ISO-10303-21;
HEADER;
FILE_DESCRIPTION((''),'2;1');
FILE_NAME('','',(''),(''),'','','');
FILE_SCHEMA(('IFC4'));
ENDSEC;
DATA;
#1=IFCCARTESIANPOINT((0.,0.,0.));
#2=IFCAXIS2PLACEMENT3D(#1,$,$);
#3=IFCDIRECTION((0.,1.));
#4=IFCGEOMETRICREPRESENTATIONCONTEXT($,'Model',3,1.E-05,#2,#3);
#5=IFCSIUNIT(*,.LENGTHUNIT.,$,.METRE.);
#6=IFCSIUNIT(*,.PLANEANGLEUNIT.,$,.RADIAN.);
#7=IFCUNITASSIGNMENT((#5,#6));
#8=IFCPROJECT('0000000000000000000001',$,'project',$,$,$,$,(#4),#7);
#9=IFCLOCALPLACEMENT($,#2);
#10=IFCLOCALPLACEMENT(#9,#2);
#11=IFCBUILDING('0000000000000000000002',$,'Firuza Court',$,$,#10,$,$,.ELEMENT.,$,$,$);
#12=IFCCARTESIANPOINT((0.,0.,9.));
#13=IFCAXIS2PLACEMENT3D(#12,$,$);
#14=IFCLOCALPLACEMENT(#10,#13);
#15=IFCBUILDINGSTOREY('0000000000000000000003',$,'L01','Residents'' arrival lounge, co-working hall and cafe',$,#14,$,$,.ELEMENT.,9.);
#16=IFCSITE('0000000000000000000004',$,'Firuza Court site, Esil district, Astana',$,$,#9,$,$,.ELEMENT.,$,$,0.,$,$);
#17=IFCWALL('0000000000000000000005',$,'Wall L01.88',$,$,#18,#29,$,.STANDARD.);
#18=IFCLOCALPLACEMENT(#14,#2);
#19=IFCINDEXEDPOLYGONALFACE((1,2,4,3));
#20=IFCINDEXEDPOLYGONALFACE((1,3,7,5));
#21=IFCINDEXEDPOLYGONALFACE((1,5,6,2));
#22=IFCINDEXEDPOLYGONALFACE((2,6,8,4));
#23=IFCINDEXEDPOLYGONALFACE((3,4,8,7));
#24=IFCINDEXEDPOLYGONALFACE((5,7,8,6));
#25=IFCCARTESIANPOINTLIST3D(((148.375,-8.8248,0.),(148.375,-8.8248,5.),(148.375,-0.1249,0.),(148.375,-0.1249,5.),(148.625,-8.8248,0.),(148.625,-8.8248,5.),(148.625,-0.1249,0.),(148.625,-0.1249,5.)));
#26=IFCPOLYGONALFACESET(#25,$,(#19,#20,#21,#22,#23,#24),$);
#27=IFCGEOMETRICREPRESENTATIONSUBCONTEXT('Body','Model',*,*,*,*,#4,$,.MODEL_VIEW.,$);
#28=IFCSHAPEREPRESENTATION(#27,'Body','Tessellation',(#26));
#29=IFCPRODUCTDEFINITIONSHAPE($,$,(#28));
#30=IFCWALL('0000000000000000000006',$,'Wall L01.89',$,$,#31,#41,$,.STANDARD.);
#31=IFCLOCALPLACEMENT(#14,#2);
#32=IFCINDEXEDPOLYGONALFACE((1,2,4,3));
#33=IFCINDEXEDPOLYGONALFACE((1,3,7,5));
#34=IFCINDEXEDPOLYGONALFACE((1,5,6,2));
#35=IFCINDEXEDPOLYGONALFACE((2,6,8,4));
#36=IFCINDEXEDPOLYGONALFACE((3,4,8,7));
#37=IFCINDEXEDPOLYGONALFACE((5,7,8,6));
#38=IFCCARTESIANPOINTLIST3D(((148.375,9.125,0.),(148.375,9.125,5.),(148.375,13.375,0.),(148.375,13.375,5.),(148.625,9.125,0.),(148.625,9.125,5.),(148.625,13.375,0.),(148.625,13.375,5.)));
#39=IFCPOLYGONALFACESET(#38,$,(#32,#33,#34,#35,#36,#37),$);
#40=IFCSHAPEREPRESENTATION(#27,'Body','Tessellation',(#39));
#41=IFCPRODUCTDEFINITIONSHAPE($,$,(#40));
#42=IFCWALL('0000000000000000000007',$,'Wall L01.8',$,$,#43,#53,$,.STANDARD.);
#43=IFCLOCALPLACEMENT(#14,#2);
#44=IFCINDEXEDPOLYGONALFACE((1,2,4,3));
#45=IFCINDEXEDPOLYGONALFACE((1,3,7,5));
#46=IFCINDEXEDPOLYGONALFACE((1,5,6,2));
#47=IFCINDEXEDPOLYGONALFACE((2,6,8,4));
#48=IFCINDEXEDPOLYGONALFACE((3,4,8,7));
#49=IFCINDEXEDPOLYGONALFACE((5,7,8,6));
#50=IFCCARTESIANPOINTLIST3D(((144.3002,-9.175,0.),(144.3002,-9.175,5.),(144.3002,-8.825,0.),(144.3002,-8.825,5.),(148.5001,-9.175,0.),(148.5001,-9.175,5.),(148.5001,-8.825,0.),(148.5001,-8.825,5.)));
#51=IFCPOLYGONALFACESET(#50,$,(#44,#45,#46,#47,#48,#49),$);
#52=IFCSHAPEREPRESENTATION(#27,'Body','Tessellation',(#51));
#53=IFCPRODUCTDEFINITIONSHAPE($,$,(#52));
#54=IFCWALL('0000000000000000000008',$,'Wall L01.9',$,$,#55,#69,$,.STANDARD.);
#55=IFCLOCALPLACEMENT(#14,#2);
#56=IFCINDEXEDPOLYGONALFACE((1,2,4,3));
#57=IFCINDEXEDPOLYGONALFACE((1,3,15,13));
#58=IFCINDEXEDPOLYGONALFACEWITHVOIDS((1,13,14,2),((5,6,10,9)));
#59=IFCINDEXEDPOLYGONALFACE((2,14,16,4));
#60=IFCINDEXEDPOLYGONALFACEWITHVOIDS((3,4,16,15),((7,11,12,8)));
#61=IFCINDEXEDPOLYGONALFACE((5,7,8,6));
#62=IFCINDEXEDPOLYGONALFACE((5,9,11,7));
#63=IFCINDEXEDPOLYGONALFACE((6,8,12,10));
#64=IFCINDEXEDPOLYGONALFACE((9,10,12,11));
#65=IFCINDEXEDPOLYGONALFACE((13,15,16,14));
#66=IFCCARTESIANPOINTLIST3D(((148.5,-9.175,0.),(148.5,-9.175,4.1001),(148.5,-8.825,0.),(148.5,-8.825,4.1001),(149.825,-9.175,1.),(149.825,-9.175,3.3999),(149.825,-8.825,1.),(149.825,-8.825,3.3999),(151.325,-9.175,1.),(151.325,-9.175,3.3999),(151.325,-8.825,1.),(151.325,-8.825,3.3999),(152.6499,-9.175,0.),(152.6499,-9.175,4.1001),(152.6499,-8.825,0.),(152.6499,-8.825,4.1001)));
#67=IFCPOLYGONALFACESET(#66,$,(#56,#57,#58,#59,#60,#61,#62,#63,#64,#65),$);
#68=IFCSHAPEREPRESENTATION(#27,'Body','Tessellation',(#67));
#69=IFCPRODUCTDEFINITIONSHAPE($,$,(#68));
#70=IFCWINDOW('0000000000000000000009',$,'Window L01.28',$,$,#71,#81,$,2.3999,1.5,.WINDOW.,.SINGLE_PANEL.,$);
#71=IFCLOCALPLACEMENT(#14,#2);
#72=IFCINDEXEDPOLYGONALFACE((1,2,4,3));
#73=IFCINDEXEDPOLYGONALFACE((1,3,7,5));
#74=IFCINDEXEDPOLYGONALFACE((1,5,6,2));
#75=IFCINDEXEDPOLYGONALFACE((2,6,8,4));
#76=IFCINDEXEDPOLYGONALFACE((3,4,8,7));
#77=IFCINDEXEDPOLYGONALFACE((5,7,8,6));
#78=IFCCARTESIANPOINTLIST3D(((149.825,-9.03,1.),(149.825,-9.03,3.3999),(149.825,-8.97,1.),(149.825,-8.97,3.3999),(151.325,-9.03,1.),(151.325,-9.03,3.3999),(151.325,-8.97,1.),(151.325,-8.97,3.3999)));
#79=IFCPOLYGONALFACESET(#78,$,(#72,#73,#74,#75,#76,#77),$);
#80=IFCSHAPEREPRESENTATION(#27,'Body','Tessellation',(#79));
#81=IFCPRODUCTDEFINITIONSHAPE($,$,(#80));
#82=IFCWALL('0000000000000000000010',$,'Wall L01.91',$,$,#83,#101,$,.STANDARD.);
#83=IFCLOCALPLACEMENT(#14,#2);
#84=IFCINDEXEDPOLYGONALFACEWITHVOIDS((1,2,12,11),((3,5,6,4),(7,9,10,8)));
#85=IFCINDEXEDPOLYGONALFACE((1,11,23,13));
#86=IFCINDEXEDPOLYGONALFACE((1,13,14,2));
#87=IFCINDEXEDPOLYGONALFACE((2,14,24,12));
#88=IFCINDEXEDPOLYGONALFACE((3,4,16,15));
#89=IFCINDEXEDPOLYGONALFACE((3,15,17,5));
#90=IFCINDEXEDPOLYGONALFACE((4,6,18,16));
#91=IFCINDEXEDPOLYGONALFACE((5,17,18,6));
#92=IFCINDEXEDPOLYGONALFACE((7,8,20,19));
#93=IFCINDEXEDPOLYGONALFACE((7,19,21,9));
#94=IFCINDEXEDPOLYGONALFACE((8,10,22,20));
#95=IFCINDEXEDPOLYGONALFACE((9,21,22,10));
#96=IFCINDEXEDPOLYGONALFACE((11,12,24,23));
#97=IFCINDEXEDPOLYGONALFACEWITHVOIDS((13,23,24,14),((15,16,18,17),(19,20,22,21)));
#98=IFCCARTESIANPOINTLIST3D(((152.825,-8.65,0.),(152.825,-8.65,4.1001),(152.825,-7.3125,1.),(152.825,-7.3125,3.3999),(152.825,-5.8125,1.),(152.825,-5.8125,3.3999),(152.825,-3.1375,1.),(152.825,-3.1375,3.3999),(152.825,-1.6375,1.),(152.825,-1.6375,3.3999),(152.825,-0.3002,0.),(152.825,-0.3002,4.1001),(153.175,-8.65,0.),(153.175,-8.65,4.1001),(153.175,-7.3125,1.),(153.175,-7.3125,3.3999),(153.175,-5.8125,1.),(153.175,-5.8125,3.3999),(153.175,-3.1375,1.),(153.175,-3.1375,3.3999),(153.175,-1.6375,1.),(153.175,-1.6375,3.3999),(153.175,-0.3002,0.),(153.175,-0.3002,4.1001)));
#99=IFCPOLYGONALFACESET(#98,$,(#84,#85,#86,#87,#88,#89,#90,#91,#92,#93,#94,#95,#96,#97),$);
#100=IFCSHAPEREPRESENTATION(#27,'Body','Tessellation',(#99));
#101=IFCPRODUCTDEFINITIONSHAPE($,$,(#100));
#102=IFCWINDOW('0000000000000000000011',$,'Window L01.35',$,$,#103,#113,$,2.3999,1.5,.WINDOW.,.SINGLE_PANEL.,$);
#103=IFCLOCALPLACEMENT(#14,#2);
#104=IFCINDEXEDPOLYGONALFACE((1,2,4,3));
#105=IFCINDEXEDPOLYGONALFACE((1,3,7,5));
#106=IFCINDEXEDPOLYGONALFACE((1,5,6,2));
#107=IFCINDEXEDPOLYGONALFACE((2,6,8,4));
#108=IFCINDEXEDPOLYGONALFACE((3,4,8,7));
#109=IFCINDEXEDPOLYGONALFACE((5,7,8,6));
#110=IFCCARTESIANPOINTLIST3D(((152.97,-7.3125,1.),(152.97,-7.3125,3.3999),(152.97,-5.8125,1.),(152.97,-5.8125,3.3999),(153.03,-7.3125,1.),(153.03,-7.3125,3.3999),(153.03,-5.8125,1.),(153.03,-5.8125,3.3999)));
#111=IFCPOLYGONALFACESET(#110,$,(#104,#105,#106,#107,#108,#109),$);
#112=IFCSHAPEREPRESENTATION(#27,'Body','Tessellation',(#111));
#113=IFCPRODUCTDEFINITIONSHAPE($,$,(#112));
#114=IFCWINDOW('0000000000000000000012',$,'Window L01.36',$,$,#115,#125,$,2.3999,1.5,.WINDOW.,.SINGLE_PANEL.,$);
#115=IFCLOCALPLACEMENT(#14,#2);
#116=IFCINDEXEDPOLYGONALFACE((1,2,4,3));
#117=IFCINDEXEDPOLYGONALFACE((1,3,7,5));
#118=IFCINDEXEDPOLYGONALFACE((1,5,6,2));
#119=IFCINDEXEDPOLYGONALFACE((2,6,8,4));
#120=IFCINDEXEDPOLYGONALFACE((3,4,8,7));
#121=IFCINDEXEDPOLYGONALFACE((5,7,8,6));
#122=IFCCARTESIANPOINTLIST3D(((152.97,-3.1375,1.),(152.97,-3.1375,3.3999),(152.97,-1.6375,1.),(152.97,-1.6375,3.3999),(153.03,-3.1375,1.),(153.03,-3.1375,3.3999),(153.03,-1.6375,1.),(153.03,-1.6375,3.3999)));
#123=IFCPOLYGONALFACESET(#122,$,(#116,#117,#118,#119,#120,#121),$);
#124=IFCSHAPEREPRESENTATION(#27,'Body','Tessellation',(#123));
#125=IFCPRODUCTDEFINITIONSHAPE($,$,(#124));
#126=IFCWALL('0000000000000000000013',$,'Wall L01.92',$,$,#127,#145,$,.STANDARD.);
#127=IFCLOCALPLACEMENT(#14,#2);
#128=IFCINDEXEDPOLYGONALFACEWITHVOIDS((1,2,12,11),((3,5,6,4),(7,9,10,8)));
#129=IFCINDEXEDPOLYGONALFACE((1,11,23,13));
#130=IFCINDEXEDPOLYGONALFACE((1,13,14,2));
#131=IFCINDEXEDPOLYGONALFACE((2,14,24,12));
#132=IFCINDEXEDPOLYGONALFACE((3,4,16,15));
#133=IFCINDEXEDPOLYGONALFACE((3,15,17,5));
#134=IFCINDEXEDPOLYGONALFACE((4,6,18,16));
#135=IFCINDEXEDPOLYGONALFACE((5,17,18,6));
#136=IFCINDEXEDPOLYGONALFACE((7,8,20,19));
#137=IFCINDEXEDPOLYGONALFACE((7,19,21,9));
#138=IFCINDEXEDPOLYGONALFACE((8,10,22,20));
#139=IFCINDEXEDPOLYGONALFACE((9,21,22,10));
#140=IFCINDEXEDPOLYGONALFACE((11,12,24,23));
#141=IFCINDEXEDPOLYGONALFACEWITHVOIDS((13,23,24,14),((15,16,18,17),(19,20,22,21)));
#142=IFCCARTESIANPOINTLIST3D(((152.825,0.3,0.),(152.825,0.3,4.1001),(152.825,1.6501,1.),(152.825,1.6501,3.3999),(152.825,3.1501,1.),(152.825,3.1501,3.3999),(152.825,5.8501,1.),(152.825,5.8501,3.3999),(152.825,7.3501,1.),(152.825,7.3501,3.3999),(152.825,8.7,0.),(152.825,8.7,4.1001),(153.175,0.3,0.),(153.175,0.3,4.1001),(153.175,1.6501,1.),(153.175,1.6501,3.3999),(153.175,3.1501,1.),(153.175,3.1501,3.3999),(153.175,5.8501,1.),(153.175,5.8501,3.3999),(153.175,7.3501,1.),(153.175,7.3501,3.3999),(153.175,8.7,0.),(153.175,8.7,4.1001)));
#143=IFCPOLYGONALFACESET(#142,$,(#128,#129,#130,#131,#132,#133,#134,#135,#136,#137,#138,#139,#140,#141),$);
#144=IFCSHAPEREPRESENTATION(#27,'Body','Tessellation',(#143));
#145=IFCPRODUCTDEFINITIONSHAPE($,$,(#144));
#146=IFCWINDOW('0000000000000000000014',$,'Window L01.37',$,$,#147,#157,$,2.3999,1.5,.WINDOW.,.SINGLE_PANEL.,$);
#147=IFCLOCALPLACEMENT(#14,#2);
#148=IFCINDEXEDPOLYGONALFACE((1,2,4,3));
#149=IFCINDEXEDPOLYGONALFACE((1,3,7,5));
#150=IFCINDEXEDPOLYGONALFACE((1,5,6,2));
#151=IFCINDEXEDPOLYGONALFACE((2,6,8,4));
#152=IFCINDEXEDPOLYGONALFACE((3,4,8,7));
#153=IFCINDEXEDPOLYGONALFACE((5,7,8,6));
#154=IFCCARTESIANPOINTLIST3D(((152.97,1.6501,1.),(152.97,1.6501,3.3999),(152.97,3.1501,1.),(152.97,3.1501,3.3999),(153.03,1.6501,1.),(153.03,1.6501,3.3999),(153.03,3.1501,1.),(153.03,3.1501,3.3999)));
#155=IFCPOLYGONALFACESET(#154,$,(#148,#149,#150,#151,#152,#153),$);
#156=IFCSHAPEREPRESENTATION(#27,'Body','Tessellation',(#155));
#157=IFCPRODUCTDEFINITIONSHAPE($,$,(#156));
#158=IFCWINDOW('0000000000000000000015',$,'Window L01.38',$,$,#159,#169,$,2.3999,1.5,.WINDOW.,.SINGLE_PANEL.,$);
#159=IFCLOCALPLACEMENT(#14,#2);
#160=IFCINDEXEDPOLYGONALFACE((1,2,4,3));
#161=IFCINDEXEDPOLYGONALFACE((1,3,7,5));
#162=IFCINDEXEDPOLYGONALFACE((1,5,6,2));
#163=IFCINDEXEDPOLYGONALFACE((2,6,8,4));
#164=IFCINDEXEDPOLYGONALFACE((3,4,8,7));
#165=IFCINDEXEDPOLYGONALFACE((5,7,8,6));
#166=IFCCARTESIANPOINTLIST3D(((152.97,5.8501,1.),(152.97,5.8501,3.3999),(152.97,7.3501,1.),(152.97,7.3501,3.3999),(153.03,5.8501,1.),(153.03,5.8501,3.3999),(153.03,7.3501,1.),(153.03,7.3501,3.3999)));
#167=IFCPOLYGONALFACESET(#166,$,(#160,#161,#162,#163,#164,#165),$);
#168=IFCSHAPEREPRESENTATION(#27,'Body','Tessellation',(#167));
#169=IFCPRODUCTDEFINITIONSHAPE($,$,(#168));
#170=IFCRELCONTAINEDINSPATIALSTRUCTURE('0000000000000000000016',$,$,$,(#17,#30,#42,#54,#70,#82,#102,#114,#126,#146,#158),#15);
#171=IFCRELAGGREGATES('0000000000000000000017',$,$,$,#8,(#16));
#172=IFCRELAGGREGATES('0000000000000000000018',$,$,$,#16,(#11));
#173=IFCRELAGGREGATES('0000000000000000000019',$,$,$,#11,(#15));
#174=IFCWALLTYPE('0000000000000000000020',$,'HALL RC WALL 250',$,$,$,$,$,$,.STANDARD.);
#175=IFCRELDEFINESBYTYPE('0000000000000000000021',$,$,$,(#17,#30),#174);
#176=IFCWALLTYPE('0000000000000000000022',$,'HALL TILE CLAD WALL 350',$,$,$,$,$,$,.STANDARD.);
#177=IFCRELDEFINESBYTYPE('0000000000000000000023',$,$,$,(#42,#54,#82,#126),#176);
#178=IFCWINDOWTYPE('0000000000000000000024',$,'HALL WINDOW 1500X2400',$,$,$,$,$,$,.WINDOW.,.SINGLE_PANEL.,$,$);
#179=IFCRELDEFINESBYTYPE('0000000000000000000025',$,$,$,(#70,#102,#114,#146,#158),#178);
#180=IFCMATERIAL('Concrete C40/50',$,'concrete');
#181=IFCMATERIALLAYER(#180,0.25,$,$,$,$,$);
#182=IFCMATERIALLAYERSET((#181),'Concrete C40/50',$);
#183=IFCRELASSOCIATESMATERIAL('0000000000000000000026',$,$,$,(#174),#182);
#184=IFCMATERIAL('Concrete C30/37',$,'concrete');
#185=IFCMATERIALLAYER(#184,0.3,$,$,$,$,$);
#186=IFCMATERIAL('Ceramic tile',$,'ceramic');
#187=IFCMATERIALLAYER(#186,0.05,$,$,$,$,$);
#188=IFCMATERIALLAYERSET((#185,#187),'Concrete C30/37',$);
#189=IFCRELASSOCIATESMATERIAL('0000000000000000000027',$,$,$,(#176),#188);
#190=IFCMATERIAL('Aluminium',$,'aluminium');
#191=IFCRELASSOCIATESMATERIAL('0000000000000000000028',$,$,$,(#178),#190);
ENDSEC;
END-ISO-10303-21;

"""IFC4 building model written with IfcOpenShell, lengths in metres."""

from ifc_helpers import new_model, si_unit, direction, frame, frame_2d, origin, place, context, subcontext, project, spatial, rectangle, extrude, material, layer, layer_set, type_object, element, fill, save


model = new_model("IFC4")

# Units and contexts
model_context = context("Model", 3, precision=1e-05, world=origin(), true_north=direction((0.0, 1.0)))
body_context = subcontext(model_context, "Body", "Model", "MODEL_VIEW")
ifc_project = project(units=[si_unit("LENGTHUNIT", "METRE"), si_unit("PLANEANGLEUNIT", "RADIAN")], contexts=[model_context])

# Site, building, storey
site_placement = place(None, origin())
site = spatial("IfcSite", under=ifc_project, at=site_placement, Name="Firuza Court site, Esil district, Astana", CompositionType="ELEMENT", RefElevation=0.0)
building_placement = place(site_placement, origin())
building = spatial("IfcBuilding", under=site, at=building_placement, Name="Firuza Court", CompositionType="ELEMENT")
storey_placement = place(building_placement, frame((0.0, 0.0, 9.0)))
storey = spatial("IfcBuildingStorey", under=building, at=storey_placement, Name="L01", Description="Residents' arrival lounge, co-working hall and cafe", CompositionType="ELEMENT", Elevation=9.0)

# Walls
ifc_material_1 = material(Name="Concrete C40/50", Category="concrete")
ifc_layer_1 = layer(ifc_material_1, 0.25)
ifc_layer_set_1 = layer_set([ifc_layer_1], Name="Concrete C40/50")
wall_type_1 = type_object("IfcWallType", Name="HALL RC WALL 250", PredefinedType="STANDARD", material=ifc_layer_set_1)
wall_1_placement = place(storey_placement, frame((148.5, -8.825, 0.0), z_axis=(0.0, 0.0, 1.0), x_axis=(0.0, 1.0, 0.0)))
element("IfcWall", 1, at=wall_1_placement, inside=storey, type_object=wall_type_1, Name="Wall L01.88", PredefinedType="STANDARD", context=body_context, shape_type="SweptSolid", body=[
    extrude(rectangle(XDim=8.7, YDim=0.25, at=frame_2d((4.3501, 0.0))), origin(), (0.0, 0.0, 1.0), 5.0),
])
wall_2_placement = place(storey_placement, frame((148.5, 9.125, 0.0), z_axis=(0.0, 0.0, 1.0), x_axis=(0.0, 1.0, 0.0)))
element("IfcWall", 2, at=wall_2_placement, inside=storey, type_object=wall_type_1, Name="Wall L01.89", PredefinedType="STANDARD", context=body_context, shape_type="SweptSolid", body=[
    extrude(rectangle(XDim=4.25, YDim=0.25, at=frame_2d((2.125, 0.0))), origin(), (0.0, 0.0, 1.0), 5.0),
])
ifc_material_2 = material(Name="Concrete C30/37", Category="concrete")
ifc_layer_2 = layer(ifc_material_2, 0.3)
ifc_material_3 = material(Name="Ceramic tile", Category="ceramic")
ifc_layer_3 = layer(ifc_material_3, 0.05)
ifc_layer_set_2 = layer_set([ifc_layer_2, ifc_layer_3], Name="Concrete C30/37")
wall_type_2 = type_object("IfcWallType", Name="HALL TILE CLAD WALL 350", PredefinedType="STANDARD", material=ifc_layer_set_2)
wall_3_placement = place(storey_placement, frame((144.3, -9.0, 0.0), z_axis=(0.0, 0.0, 1.0), x_axis=(1.0, 0.0, 0.0)))
element("IfcWall", 3, at=wall_3_placement, inside=storey, type_object=wall_type_2, Name="Wall L01.8", PredefinedType="STANDARD", context=body_context, shape_type="SweptSolid", body=[
    extrude(rectangle(XDim=4.2, YDim=0.3501, at=frame_2d((2.1001, 0.0))), origin(), (0.0, 0.0, 1.0), 5.0),
])

# Wall, opening, window
wall_4_placement = place(storey_placement, frame((148.5, -9.0, 0.0), z_axis=(0.0, 0.0, 1.0), x_axis=(1.0, 0.0, 0.0)))
wall_4 = element("IfcWall", 4, at=wall_4_placement, inside=storey, type_object=wall_type_2, Name="Wall L01.9", PredefinedType="STANDARD", context=body_context, shape_type="SweptSolid", body=[
    extrude(rectangle(XDim=4.1499, YDim=0.3501, at=frame_2d((2.075, 0.0))), origin(), (0.0, 0.0, 1.0), 4.1001),
])
opening_1_placement = place(wall_4_placement, frame((1.325, 0.0, 1.0)))
opening_1 = element("IfcOpeningElement", 5, at=opening_1_placement, cuts=wall_4, PredefinedType="OPENING", context=body_context, shape_type="SweptSolid", body=[
    extrude(rectangle(XDim=1.5, YDim=2.3999, at=frame_2d((0.75, 1.2))), frame((0.0, 0.187, 0.0), z_axis=(0.0, -1.0, 0.0), x_axis=(1.0, 0.0, 0.0)), (0.0, 0.0, 1.0), 0.374),
])
ifc_material_4 = material(Name="Aluminium", Category="aluminium")
window_type = type_object("IfcWindowType", Name="HALL WINDOW 1500X2400", PartitioningType="SINGLE_PANEL", PredefinedType="WINDOW", material=ifc_material_4)
window_1_placement = place(opening_1_placement, origin())
window_1 = element("IfcWindow", 6, at=window_1_placement, inside=storey, type_object=window_type, Name="Window L01.28", OverallHeight=2.3999, OverallWidth=1.5, PartitioningType="SINGLE_PANEL", PredefinedType="WINDOW", context=body_context, shape_type="SweptSolid", body=[
    extrude(rectangle(XDim=1.5, YDim=2.3999, at=frame_2d((0.75, 1.2))), frame((0.0, 0.03, 0.0), z_axis=(0.0, -1.0, 0.0), x_axis=(1.0, 0.0, 0.0)), (0.0, 0.0, 1.0), 0.0601),
])
fill(opening_1, window_1)

# Walls, openings, windows
wall_5_placement = place(storey_placement, frame((153.0, -8.6499, 0.0), z_axis=(0.0, 0.0, 1.0), x_axis=(0.0, 1.0, 0.0)))
wall_5 = element("IfcWall", 7, at=wall_5_placement, inside=storey, type_object=wall_type_2, Name="Wall L01.91", PredefinedType="STANDARD", context=body_context, shape_type="SweptSolid", body=[
    extrude(rectangle(XDim=8.3499, YDim=0.3501, at=frame_2d((4.1748, 0.0))), origin(), (0.0, 0.0, 1.0), 4.1001),
])
opening_2_placement = place(wall_5_placement, frame((1.3374, 0.0, 1.0)))
opening_2 = element("IfcOpeningElement", 8, at=opening_2_placement, cuts=wall_5, PredefinedType="OPENING", context=body_context, shape_type="SweptSolid", body=[
    extrude(rectangle(XDim=1.5, YDim=2.3999, at=frame_2d((0.75, 1.2))), frame((0.0, 0.187, 0.0), z_axis=(0.0, -1.0, 0.0), x_axis=(1.0, 0.0, 0.0)), (0.0, 0.0, 1.0), 0.374),
])
opening_3_placement = place(wall_5_placement, frame((5.5125, 0.0, 1.0)))
opening_3 = element("IfcOpeningElement", 9, at=opening_3_placement, cuts=wall_5, PredefinedType="OPENING", context=body_context, shape_type="SweptSolid", body=[
    extrude(rectangle(XDim=1.5, YDim=2.3999, at=frame_2d((0.75, 1.2))), frame((0.0, 0.187, 0.0), z_axis=(0.0, -1.0, 0.0), x_axis=(1.0, 0.0, 0.0)), (0.0, 0.0, 1.0), 0.374),
])
window_2_placement = place(opening_2_placement, origin())
window_2 = element("IfcWindow", 10, at=window_2_placement, inside=storey, type_object=window_type, Name="Window L01.35", OverallHeight=2.3999, OverallWidth=1.5, PartitioningType="SINGLE_PANEL", PredefinedType="WINDOW", context=body_context, shape_type="SweptSolid", body=[
    extrude(rectangle(XDim=1.5, YDim=2.3999, at=frame_2d((0.75, 1.2))), frame((0.0, 0.03, 0.0), z_axis=(0.0, -1.0, 0.0), x_axis=(1.0, 0.0, 0.0)), (0.0, 0.0, 1.0), 0.0601),
])
fill(opening_2, window_2)
window_3_placement = place(opening_3_placement, origin())
window_3 = element("IfcWindow", 11, at=window_3_placement, inside=storey, type_object=window_type, Name="Window L01.36", OverallHeight=2.3999, OverallWidth=1.5, PartitioningType="SINGLE_PANEL", PredefinedType="WINDOW", context=body_context, shape_type="SweptSolid", body=[
    extrude(rectangle(XDim=1.5, YDim=2.3999, at=frame_2d((0.75, 1.2))), frame((0.0, 0.03, 0.0), z_axis=(0.0, -1.0, 0.0), x_axis=(1.0, 0.0, 0.0)), (0.0, 0.0, 1.0), 0.0601),
])
fill(opening_3, window_3)
wall_6_placement = place(storey_placement, frame((153.0, 0.3, 0.0), z_axis=(0.0, 0.0, 1.0), x_axis=(0.0, 1.0, 0.0)))
wall_6 = element("IfcWall", 12, at=wall_6_placement, inside=storey, type_object=wall_type_2, Name="Wall L01.92", PredefinedType="STANDARD", context=body_context, shape_type="SweptSolid", body=[
    extrude(rectangle(XDim=8.3999, YDim=0.3501, at=frame_2d((4.2, 0.0))), origin(), (0.0, 0.0, 1.0), 4.1001),
])
opening_4_placement = place(wall_6_placement, frame((1.3501, 0.0, 1.0)))
opening_4 = element("IfcOpeningElement", 13, at=opening_4_placement, cuts=wall_6, PredefinedType="OPENING", context=body_context, shape_type="SweptSolid", body=[
    extrude(rectangle(XDim=1.5, YDim=2.3999, at=frame_2d((0.75, 1.2))), frame((0.0, 0.187, 0.0), z_axis=(0.0, -1.0, 0.0), x_axis=(1.0, 0.0, 0.0)), (0.0, 0.0, 1.0), 0.374),
])
opening_5_placement = place(wall_6_placement, frame((5.55, 0.0, 1.0)))
opening_5 = element("IfcOpeningElement", 14, at=opening_5_placement, cuts=wall_6, PredefinedType="OPENING", context=body_context, shape_type="SweptSolid", body=[
    extrude(rectangle(XDim=1.5, YDim=2.3999, at=frame_2d((0.75, 1.2))), frame((0.0, 0.187, 0.0), z_axis=(0.0, -1.0, 0.0), x_axis=(1.0, 0.0, 0.0)), (0.0, 0.0, 1.0), 0.374),
])
window_4_placement = place(opening_4_placement, origin())
window_4 = element("IfcWindow", 15, at=window_4_placement, inside=storey, type_object=window_type, Name="Window L01.37", OverallHeight=2.3999, OverallWidth=1.5, PartitioningType="SINGLE_PANEL", PredefinedType="WINDOW", context=body_context, shape_type="SweptSolid", body=[
    extrude(rectangle(XDim=1.5, YDim=2.3999, at=frame_2d((0.75, 1.2))), frame((0.0, 0.03, 0.0), z_axis=(0.0, -1.0, 0.0), x_axis=(1.0, 0.0, 0.0)), (0.0, 0.0, 1.0), 0.0601),
])
fill(opening_4, window_4)
window_5_placement = place(opening_5_placement, origin())
window_5 = element("IfcWindow", 16, at=window_5_placement, inside=storey, type_object=window_type, Name="Window L01.38", OverallHeight=2.3999, OverallWidth=1.5, PartitioningType="SINGLE_PANEL", PredefinedType="WINDOW", context=body_context, shape_type="SweptSolid", body=[
    extrude(rectangle(XDim=1.5, YDim=2.3999, at=frame_2d((0.75, 1.2))), frame((0.0, 0.03, 0.0), z_axis=(0.0, -1.0, 0.0), x_axis=(1.0, 0.0, 0.0)), (0.0, 0.0, 1.0), 0.0601),
])
fill(opening_5, window_5)

save(model, "model.ifc")
